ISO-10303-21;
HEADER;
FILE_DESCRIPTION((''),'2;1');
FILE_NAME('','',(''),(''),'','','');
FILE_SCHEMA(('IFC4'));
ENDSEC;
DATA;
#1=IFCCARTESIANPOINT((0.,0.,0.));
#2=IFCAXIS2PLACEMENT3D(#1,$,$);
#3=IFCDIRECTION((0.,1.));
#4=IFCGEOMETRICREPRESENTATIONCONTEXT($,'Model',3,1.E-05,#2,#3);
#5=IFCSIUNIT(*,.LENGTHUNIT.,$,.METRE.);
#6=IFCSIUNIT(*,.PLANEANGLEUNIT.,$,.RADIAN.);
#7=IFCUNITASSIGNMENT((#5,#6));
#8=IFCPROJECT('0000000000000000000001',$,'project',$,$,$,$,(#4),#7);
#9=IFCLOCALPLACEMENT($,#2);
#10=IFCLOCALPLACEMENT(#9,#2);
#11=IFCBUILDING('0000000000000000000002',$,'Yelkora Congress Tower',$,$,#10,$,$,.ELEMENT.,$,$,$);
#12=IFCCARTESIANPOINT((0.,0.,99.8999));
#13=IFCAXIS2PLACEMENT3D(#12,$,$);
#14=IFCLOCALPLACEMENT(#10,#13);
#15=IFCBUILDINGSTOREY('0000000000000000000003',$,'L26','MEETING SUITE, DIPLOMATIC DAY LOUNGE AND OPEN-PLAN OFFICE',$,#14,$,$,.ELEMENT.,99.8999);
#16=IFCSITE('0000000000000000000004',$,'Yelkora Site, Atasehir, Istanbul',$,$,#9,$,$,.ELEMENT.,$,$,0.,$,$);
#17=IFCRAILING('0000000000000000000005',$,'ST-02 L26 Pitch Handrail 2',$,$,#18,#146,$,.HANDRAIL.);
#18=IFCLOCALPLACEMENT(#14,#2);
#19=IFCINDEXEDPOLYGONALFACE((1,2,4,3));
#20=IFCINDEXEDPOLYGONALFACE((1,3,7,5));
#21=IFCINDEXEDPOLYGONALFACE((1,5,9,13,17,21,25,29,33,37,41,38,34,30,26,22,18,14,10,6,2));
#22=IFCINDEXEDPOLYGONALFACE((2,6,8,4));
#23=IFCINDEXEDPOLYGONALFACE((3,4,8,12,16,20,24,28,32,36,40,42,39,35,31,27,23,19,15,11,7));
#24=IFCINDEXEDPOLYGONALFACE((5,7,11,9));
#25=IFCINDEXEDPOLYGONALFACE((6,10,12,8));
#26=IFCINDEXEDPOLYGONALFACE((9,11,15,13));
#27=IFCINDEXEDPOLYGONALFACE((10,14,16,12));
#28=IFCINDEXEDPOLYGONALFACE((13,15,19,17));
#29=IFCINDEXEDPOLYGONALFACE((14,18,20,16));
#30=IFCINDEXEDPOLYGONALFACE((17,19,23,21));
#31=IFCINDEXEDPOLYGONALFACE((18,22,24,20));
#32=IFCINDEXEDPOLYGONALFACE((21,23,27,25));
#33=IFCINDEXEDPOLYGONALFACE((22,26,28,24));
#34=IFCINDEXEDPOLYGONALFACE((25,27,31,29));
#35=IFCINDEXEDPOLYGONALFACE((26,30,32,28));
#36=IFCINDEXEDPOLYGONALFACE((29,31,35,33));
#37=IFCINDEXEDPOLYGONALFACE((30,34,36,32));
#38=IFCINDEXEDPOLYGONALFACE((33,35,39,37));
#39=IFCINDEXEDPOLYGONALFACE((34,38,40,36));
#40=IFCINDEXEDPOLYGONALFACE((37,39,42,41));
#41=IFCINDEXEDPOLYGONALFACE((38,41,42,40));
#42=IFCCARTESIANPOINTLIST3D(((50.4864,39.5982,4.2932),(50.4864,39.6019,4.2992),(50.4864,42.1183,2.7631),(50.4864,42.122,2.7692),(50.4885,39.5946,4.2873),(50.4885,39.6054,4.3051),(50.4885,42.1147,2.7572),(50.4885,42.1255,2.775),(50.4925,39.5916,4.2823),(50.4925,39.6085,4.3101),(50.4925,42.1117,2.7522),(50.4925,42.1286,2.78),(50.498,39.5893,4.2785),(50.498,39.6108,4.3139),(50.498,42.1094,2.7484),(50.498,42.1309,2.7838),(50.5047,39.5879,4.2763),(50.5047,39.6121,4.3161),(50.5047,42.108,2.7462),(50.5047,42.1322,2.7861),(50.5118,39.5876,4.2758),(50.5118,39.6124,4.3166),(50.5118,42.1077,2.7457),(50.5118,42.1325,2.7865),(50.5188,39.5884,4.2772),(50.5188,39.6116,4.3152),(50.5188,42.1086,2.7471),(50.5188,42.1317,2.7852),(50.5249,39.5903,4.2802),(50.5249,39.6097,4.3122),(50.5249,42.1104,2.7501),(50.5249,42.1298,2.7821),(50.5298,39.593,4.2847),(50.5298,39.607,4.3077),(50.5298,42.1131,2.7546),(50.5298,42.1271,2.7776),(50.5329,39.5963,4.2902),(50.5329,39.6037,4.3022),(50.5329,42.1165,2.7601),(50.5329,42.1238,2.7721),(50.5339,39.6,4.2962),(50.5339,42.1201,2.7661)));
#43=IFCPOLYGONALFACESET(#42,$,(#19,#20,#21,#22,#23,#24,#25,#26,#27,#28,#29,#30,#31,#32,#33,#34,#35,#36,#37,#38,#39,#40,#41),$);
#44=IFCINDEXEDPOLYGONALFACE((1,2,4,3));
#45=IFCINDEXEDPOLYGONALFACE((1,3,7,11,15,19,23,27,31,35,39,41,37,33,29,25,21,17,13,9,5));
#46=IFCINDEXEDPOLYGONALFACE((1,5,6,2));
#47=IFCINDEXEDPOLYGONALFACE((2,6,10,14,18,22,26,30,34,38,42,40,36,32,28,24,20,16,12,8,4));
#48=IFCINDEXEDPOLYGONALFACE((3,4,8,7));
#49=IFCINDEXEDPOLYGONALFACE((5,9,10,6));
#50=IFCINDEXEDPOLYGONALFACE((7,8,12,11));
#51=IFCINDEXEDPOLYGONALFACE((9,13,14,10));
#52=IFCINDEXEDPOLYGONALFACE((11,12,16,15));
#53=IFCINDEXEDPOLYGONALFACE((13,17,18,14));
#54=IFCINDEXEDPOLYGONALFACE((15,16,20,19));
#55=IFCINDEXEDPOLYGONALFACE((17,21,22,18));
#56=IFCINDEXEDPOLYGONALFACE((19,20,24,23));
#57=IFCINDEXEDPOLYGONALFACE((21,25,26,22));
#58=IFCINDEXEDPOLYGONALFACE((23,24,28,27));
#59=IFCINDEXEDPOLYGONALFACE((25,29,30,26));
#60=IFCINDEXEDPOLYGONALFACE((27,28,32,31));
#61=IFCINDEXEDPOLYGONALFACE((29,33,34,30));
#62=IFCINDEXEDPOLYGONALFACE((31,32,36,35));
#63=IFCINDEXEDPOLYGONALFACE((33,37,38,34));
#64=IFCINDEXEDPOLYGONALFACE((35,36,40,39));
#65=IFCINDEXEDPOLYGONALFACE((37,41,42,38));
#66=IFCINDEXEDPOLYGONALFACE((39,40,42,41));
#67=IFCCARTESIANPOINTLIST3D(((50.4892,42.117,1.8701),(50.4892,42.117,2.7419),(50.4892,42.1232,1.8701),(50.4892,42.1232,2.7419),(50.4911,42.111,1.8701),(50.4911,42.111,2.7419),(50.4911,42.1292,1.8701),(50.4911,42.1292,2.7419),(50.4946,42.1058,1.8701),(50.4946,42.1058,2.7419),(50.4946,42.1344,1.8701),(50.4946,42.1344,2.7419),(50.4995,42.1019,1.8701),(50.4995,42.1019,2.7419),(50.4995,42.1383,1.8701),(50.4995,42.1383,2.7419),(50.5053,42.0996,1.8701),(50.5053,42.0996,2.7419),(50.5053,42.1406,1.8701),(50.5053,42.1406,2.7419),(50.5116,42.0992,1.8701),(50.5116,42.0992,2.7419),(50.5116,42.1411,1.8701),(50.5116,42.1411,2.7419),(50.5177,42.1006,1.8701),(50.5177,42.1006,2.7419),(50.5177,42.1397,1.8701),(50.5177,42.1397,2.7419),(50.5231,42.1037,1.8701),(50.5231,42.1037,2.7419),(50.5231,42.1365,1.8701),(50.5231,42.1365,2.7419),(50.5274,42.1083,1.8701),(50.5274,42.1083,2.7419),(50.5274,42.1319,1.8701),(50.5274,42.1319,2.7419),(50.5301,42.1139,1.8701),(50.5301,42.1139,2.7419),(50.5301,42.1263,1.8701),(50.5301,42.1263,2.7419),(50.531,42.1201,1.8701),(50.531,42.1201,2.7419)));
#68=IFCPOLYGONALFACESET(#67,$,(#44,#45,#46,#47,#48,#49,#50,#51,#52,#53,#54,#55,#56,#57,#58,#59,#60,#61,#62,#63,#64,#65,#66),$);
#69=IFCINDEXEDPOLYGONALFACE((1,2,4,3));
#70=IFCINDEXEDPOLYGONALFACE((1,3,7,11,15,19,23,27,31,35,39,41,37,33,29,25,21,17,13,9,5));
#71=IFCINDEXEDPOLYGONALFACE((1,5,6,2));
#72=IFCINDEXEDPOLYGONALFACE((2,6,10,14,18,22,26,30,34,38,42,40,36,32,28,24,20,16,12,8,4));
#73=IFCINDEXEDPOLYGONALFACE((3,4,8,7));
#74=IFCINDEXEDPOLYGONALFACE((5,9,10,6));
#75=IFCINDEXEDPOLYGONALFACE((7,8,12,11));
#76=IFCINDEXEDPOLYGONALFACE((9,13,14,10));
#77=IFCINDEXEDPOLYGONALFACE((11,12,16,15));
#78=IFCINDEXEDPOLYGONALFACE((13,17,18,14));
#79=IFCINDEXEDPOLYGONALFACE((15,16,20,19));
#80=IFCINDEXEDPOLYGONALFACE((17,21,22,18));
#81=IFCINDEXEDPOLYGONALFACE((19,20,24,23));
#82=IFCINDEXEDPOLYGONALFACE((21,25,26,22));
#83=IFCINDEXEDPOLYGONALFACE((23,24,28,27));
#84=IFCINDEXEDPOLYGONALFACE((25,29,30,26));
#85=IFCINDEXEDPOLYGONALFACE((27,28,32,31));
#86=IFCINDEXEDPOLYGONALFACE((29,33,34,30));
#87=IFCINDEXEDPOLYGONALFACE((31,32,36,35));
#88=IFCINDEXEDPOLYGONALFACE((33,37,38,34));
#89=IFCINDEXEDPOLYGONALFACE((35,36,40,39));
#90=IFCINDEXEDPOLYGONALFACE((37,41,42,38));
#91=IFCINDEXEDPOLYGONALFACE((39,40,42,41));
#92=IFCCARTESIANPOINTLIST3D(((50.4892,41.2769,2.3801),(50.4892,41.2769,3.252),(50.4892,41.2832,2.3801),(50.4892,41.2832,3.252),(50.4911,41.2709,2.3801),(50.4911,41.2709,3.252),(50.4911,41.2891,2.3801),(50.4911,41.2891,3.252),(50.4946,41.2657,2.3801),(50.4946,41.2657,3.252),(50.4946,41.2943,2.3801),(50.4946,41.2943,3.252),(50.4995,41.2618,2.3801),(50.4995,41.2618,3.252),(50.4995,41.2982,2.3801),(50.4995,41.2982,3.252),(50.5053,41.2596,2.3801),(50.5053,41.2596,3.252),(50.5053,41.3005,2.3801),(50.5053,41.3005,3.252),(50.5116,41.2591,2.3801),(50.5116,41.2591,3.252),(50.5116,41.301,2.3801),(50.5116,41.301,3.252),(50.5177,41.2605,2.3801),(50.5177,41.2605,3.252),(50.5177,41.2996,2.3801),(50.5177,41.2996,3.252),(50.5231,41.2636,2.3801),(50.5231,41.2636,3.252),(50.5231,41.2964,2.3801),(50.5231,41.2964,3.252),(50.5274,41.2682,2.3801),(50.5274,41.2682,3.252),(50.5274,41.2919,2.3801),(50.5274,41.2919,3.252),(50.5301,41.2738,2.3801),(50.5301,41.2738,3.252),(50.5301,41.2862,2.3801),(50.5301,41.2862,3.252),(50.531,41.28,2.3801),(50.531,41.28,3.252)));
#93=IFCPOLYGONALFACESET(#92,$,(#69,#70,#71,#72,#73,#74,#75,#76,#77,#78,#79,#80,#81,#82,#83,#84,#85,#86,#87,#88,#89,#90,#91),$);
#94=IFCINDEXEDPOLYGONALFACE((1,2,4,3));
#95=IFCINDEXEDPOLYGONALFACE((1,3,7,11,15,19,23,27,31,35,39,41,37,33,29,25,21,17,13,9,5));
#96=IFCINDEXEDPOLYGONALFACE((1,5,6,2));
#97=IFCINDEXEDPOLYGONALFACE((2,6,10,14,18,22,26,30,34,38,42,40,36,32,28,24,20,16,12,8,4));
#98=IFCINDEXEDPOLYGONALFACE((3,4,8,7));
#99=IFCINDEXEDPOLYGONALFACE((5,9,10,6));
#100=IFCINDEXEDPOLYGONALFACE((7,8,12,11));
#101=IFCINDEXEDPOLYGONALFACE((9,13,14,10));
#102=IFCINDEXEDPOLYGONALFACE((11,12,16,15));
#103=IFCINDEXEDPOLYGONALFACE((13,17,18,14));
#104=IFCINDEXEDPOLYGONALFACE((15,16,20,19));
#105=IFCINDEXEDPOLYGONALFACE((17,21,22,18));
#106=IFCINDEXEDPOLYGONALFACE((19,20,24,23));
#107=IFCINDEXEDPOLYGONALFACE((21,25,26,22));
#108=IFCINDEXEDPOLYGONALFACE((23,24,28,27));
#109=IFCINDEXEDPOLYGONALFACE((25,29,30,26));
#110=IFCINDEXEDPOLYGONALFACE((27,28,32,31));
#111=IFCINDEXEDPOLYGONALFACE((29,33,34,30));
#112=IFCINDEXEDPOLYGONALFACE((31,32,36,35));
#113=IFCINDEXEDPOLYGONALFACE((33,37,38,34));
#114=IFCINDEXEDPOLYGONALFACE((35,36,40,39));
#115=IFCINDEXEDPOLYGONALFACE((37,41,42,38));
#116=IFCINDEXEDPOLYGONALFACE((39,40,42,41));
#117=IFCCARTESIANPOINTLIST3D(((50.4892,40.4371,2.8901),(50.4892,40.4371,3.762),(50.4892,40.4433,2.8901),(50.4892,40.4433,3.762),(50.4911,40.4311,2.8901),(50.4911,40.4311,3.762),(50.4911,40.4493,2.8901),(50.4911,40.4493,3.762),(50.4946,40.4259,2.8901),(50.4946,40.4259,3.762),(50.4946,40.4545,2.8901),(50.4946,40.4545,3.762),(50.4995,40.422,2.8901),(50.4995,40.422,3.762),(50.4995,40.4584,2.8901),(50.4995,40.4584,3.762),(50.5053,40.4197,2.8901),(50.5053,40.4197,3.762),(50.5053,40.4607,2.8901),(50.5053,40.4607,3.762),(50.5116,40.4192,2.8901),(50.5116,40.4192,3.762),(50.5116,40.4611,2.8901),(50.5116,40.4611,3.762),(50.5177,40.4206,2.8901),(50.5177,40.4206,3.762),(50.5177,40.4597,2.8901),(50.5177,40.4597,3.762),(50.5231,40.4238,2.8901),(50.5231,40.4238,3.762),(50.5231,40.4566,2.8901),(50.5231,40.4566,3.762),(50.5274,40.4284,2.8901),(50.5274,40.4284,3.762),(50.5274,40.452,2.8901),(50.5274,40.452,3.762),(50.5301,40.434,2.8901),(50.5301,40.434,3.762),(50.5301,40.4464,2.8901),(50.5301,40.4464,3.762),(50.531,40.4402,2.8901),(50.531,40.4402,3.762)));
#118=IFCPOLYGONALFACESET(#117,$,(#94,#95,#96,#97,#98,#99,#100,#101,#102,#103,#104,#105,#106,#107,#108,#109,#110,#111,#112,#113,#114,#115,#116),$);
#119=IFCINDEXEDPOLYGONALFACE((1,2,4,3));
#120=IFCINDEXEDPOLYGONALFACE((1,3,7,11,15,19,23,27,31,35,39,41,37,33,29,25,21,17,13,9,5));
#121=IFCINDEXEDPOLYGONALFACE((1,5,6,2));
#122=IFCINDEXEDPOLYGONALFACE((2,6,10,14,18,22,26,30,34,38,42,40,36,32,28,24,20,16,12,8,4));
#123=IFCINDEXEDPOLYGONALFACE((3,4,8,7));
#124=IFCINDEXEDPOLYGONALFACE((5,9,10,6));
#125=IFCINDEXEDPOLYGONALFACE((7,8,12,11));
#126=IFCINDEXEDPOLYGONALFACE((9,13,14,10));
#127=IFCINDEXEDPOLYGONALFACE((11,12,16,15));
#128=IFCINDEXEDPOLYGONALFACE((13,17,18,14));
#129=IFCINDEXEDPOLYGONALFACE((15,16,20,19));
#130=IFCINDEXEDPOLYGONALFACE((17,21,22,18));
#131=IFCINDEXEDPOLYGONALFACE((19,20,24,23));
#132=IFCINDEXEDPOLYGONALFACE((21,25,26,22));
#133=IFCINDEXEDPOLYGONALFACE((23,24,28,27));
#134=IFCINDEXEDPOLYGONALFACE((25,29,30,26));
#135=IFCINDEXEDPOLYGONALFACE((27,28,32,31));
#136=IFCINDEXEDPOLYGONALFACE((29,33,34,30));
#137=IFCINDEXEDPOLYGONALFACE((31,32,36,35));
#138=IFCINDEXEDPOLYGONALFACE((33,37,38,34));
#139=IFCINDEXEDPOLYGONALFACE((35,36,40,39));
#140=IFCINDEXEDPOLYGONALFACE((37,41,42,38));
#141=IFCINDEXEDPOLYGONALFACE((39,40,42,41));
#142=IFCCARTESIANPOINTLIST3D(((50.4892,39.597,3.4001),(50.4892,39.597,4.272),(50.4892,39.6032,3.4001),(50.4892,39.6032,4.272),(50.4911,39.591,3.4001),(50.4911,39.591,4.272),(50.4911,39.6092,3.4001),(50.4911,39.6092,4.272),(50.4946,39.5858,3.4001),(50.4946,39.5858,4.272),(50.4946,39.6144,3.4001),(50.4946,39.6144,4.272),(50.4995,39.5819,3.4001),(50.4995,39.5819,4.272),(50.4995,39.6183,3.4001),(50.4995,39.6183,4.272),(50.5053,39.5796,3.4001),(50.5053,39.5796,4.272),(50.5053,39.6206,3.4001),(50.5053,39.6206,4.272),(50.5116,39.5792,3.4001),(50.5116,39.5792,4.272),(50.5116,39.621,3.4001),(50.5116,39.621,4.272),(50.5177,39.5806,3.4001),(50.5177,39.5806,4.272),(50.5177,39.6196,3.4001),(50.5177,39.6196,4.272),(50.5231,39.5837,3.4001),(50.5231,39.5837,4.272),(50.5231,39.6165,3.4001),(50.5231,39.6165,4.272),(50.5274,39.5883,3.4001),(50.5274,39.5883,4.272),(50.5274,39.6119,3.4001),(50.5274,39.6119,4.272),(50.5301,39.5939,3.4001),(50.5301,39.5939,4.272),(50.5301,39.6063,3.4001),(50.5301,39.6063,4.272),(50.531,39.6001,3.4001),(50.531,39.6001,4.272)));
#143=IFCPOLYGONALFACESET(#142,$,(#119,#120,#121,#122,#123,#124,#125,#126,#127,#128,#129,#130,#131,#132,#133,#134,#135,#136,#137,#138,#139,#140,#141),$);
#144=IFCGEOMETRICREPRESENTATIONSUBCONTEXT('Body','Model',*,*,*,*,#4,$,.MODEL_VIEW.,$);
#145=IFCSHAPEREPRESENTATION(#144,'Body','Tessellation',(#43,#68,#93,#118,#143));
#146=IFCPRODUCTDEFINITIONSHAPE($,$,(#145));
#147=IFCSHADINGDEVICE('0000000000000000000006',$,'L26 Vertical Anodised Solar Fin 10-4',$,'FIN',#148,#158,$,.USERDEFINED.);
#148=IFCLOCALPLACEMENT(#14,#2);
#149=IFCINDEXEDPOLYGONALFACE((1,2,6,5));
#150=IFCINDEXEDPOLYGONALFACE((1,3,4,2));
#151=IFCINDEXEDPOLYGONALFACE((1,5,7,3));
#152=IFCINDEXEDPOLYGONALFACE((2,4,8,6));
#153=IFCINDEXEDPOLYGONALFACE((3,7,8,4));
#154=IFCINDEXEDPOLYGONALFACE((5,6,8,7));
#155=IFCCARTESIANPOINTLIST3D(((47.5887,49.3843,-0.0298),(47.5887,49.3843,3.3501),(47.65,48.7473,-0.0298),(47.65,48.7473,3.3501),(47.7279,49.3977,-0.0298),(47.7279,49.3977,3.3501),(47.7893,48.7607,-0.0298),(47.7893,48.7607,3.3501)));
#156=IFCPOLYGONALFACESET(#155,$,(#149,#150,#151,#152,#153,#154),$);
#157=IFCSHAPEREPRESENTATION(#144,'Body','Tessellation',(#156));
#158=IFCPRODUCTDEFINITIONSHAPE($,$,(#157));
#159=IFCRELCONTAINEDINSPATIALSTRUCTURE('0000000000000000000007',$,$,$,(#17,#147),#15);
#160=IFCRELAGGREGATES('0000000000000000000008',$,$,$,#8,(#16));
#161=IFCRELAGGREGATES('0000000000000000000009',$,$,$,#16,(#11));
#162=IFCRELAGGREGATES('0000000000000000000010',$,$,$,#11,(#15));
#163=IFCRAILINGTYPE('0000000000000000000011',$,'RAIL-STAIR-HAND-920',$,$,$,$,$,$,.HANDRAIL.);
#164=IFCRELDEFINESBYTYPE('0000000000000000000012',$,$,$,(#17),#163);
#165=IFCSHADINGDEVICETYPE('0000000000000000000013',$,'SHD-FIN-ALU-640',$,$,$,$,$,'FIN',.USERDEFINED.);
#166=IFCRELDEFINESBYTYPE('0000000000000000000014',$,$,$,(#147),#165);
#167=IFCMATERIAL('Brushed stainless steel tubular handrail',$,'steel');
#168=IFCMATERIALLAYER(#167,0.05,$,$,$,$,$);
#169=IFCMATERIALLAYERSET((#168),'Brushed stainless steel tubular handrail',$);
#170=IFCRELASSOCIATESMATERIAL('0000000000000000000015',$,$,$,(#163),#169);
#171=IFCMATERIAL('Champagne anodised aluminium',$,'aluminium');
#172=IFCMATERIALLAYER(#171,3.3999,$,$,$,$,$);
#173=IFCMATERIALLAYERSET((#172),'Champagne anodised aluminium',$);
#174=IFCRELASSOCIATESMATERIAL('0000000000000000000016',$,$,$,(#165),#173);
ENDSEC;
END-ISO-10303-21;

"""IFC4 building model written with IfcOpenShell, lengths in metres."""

from ifc_helpers import new_model, si_unit, direction, frame, origin, origin_2d, place, context, subcontext, project, spatial, rectangle, circle, extrude, material, layer, layer_set, type_object, element, save


model = new_model("IFC4")

# Units and contexts
model_context = context("Model", 3, precision=1e-05, world=origin(), true_north=direction((0.0, 1.0)))
body_context = subcontext(model_context, "Body", "Model", "MODEL_VIEW")
ifc_project = project(units=[si_unit("LENGTHUNIT", "METRE"), si_unit("PLANEANGLEUNIT", "RADIAN")], contexts=[model_context])

# Site, building, storey
site_placement = place(None, origin())
site = spatial("IfcSite", under=ifc_project, at=site_placement, Name="Yelkora Site, Atasehir, Istanbul", CompositionType="ELEMENT", RefElevation=0.0)
building_placement = place(site_placement, origin())
building = spatial("IfcBuilding", under=site, at=building_placement, Name="Yelkora Congress Tower", CompositionType="ELEMENT")
storey_placement = place(building_placement, frame((0.0, 0.0, 99.8999)))
storey = spatial("IfcBuildingStorey", under=building, at=storey_placement, Name="L26", Description="MEETING SUITE, DIPLOMATIC DAY LOUNGE AND OPEN-PLAN OFFICE", CompositionType="ELEMENT", Elevation=99.8999)

# Railing
ifc_material_1 = material(Name="Brushed stainless steel tubular handrail", Category="steel")
ifc_layer_1 = layer(ifc_material_1, 0.05)
ifc_layer_set_1 = layer_set([ifc_layer_1], Name="Brushed stainless steel tubular handrail")
railing_type_1 = type_object("IfcRailingType", Name="RAIL-STAIR-HAND-920", PredefinedType="HANDRAIL", material=ifc_layer_set_1)
railing_1_placement = place(storey_placement, frame((50.51, 42.1201, 1.8701)))
element("IfcRailing", 1, at=railing_1_placement, inside=storey, type_object=railing_type_1, Name="ST-02 L26 Pitch Handrail 2", PredefinedType="HANDRAIL", context=body_context, shape_type="SweptSolid", body=[
    extrude(circle(Radius=0.0239, at=origin_2d()), frame((0.0, 0.0, 0.896), z_axis=(0.0, -0.854785, 0.518982), x_axis=(1.0, 0.0, 0.0)), (0.0, 0.0, 1.0), 2.9482),
    extrude(circle(Radius=0.021, at=origin_2d()), origin(), (0.0, 0.0, 1.0), 0.8718),
    extrude(circle(Radius=0.021, at=origin_2d()), frame((0.0, -0.8401, 0.51)), (0.0, 0.0, 1.0), 0.8718),
    extrude(circle(Radius=0.021, at=origin_2d()), frame((0.0, -1.6799, 1.02)), (0.0, 0.0, 1.0), 0.8718),
    extrude(circle(Radius=0.021, at=origin_2d()), frame((0.0, -2.52, 1.53)), (0.0, 0.0, 1.0), 0.8718),
])

# Shading device
ifc_material_2 = material(Name="Champagne anodised aluminium", Category="aluminium")
ifc_layer_2 = layer(ifc_material_2, 3.3999)
ifc_layer_set_2 = layer_set([ifc_layer_2], Name="Champagne anodised aluminium")
shading_device_type = type_object("IfcShadingDeviceType", Name="SHD-FIN-ALU-640", ElementType="FIN", PredefinedType="USERDEFINED", material=ifc_layer_set_2)
shading_device_placement = place(storey_placement, frame((47.689, 49.0725, -0.0298), z_axis=(0.0, 0.0, 1.0), x_axis=(0.995396, 0.095846, 0.0)))
element("IfcShadingDevice", 2, at=shading_device_placement, inside=storey, type_object=shading_device_type, Name="L26 Vertical Anodised Solar Fin 10-4", ObjectType="FIN", PredefinedType="USERDEFINED", context=body_context, shape_type="SweptSolid", body=[
    extrude(rectangle(XDim=0.1399, YDim=0.6399, at=origin_2d()), origin(), (0.0, 0.0, 1.0), 3.3799),
])

save(model, "model.ifc")
